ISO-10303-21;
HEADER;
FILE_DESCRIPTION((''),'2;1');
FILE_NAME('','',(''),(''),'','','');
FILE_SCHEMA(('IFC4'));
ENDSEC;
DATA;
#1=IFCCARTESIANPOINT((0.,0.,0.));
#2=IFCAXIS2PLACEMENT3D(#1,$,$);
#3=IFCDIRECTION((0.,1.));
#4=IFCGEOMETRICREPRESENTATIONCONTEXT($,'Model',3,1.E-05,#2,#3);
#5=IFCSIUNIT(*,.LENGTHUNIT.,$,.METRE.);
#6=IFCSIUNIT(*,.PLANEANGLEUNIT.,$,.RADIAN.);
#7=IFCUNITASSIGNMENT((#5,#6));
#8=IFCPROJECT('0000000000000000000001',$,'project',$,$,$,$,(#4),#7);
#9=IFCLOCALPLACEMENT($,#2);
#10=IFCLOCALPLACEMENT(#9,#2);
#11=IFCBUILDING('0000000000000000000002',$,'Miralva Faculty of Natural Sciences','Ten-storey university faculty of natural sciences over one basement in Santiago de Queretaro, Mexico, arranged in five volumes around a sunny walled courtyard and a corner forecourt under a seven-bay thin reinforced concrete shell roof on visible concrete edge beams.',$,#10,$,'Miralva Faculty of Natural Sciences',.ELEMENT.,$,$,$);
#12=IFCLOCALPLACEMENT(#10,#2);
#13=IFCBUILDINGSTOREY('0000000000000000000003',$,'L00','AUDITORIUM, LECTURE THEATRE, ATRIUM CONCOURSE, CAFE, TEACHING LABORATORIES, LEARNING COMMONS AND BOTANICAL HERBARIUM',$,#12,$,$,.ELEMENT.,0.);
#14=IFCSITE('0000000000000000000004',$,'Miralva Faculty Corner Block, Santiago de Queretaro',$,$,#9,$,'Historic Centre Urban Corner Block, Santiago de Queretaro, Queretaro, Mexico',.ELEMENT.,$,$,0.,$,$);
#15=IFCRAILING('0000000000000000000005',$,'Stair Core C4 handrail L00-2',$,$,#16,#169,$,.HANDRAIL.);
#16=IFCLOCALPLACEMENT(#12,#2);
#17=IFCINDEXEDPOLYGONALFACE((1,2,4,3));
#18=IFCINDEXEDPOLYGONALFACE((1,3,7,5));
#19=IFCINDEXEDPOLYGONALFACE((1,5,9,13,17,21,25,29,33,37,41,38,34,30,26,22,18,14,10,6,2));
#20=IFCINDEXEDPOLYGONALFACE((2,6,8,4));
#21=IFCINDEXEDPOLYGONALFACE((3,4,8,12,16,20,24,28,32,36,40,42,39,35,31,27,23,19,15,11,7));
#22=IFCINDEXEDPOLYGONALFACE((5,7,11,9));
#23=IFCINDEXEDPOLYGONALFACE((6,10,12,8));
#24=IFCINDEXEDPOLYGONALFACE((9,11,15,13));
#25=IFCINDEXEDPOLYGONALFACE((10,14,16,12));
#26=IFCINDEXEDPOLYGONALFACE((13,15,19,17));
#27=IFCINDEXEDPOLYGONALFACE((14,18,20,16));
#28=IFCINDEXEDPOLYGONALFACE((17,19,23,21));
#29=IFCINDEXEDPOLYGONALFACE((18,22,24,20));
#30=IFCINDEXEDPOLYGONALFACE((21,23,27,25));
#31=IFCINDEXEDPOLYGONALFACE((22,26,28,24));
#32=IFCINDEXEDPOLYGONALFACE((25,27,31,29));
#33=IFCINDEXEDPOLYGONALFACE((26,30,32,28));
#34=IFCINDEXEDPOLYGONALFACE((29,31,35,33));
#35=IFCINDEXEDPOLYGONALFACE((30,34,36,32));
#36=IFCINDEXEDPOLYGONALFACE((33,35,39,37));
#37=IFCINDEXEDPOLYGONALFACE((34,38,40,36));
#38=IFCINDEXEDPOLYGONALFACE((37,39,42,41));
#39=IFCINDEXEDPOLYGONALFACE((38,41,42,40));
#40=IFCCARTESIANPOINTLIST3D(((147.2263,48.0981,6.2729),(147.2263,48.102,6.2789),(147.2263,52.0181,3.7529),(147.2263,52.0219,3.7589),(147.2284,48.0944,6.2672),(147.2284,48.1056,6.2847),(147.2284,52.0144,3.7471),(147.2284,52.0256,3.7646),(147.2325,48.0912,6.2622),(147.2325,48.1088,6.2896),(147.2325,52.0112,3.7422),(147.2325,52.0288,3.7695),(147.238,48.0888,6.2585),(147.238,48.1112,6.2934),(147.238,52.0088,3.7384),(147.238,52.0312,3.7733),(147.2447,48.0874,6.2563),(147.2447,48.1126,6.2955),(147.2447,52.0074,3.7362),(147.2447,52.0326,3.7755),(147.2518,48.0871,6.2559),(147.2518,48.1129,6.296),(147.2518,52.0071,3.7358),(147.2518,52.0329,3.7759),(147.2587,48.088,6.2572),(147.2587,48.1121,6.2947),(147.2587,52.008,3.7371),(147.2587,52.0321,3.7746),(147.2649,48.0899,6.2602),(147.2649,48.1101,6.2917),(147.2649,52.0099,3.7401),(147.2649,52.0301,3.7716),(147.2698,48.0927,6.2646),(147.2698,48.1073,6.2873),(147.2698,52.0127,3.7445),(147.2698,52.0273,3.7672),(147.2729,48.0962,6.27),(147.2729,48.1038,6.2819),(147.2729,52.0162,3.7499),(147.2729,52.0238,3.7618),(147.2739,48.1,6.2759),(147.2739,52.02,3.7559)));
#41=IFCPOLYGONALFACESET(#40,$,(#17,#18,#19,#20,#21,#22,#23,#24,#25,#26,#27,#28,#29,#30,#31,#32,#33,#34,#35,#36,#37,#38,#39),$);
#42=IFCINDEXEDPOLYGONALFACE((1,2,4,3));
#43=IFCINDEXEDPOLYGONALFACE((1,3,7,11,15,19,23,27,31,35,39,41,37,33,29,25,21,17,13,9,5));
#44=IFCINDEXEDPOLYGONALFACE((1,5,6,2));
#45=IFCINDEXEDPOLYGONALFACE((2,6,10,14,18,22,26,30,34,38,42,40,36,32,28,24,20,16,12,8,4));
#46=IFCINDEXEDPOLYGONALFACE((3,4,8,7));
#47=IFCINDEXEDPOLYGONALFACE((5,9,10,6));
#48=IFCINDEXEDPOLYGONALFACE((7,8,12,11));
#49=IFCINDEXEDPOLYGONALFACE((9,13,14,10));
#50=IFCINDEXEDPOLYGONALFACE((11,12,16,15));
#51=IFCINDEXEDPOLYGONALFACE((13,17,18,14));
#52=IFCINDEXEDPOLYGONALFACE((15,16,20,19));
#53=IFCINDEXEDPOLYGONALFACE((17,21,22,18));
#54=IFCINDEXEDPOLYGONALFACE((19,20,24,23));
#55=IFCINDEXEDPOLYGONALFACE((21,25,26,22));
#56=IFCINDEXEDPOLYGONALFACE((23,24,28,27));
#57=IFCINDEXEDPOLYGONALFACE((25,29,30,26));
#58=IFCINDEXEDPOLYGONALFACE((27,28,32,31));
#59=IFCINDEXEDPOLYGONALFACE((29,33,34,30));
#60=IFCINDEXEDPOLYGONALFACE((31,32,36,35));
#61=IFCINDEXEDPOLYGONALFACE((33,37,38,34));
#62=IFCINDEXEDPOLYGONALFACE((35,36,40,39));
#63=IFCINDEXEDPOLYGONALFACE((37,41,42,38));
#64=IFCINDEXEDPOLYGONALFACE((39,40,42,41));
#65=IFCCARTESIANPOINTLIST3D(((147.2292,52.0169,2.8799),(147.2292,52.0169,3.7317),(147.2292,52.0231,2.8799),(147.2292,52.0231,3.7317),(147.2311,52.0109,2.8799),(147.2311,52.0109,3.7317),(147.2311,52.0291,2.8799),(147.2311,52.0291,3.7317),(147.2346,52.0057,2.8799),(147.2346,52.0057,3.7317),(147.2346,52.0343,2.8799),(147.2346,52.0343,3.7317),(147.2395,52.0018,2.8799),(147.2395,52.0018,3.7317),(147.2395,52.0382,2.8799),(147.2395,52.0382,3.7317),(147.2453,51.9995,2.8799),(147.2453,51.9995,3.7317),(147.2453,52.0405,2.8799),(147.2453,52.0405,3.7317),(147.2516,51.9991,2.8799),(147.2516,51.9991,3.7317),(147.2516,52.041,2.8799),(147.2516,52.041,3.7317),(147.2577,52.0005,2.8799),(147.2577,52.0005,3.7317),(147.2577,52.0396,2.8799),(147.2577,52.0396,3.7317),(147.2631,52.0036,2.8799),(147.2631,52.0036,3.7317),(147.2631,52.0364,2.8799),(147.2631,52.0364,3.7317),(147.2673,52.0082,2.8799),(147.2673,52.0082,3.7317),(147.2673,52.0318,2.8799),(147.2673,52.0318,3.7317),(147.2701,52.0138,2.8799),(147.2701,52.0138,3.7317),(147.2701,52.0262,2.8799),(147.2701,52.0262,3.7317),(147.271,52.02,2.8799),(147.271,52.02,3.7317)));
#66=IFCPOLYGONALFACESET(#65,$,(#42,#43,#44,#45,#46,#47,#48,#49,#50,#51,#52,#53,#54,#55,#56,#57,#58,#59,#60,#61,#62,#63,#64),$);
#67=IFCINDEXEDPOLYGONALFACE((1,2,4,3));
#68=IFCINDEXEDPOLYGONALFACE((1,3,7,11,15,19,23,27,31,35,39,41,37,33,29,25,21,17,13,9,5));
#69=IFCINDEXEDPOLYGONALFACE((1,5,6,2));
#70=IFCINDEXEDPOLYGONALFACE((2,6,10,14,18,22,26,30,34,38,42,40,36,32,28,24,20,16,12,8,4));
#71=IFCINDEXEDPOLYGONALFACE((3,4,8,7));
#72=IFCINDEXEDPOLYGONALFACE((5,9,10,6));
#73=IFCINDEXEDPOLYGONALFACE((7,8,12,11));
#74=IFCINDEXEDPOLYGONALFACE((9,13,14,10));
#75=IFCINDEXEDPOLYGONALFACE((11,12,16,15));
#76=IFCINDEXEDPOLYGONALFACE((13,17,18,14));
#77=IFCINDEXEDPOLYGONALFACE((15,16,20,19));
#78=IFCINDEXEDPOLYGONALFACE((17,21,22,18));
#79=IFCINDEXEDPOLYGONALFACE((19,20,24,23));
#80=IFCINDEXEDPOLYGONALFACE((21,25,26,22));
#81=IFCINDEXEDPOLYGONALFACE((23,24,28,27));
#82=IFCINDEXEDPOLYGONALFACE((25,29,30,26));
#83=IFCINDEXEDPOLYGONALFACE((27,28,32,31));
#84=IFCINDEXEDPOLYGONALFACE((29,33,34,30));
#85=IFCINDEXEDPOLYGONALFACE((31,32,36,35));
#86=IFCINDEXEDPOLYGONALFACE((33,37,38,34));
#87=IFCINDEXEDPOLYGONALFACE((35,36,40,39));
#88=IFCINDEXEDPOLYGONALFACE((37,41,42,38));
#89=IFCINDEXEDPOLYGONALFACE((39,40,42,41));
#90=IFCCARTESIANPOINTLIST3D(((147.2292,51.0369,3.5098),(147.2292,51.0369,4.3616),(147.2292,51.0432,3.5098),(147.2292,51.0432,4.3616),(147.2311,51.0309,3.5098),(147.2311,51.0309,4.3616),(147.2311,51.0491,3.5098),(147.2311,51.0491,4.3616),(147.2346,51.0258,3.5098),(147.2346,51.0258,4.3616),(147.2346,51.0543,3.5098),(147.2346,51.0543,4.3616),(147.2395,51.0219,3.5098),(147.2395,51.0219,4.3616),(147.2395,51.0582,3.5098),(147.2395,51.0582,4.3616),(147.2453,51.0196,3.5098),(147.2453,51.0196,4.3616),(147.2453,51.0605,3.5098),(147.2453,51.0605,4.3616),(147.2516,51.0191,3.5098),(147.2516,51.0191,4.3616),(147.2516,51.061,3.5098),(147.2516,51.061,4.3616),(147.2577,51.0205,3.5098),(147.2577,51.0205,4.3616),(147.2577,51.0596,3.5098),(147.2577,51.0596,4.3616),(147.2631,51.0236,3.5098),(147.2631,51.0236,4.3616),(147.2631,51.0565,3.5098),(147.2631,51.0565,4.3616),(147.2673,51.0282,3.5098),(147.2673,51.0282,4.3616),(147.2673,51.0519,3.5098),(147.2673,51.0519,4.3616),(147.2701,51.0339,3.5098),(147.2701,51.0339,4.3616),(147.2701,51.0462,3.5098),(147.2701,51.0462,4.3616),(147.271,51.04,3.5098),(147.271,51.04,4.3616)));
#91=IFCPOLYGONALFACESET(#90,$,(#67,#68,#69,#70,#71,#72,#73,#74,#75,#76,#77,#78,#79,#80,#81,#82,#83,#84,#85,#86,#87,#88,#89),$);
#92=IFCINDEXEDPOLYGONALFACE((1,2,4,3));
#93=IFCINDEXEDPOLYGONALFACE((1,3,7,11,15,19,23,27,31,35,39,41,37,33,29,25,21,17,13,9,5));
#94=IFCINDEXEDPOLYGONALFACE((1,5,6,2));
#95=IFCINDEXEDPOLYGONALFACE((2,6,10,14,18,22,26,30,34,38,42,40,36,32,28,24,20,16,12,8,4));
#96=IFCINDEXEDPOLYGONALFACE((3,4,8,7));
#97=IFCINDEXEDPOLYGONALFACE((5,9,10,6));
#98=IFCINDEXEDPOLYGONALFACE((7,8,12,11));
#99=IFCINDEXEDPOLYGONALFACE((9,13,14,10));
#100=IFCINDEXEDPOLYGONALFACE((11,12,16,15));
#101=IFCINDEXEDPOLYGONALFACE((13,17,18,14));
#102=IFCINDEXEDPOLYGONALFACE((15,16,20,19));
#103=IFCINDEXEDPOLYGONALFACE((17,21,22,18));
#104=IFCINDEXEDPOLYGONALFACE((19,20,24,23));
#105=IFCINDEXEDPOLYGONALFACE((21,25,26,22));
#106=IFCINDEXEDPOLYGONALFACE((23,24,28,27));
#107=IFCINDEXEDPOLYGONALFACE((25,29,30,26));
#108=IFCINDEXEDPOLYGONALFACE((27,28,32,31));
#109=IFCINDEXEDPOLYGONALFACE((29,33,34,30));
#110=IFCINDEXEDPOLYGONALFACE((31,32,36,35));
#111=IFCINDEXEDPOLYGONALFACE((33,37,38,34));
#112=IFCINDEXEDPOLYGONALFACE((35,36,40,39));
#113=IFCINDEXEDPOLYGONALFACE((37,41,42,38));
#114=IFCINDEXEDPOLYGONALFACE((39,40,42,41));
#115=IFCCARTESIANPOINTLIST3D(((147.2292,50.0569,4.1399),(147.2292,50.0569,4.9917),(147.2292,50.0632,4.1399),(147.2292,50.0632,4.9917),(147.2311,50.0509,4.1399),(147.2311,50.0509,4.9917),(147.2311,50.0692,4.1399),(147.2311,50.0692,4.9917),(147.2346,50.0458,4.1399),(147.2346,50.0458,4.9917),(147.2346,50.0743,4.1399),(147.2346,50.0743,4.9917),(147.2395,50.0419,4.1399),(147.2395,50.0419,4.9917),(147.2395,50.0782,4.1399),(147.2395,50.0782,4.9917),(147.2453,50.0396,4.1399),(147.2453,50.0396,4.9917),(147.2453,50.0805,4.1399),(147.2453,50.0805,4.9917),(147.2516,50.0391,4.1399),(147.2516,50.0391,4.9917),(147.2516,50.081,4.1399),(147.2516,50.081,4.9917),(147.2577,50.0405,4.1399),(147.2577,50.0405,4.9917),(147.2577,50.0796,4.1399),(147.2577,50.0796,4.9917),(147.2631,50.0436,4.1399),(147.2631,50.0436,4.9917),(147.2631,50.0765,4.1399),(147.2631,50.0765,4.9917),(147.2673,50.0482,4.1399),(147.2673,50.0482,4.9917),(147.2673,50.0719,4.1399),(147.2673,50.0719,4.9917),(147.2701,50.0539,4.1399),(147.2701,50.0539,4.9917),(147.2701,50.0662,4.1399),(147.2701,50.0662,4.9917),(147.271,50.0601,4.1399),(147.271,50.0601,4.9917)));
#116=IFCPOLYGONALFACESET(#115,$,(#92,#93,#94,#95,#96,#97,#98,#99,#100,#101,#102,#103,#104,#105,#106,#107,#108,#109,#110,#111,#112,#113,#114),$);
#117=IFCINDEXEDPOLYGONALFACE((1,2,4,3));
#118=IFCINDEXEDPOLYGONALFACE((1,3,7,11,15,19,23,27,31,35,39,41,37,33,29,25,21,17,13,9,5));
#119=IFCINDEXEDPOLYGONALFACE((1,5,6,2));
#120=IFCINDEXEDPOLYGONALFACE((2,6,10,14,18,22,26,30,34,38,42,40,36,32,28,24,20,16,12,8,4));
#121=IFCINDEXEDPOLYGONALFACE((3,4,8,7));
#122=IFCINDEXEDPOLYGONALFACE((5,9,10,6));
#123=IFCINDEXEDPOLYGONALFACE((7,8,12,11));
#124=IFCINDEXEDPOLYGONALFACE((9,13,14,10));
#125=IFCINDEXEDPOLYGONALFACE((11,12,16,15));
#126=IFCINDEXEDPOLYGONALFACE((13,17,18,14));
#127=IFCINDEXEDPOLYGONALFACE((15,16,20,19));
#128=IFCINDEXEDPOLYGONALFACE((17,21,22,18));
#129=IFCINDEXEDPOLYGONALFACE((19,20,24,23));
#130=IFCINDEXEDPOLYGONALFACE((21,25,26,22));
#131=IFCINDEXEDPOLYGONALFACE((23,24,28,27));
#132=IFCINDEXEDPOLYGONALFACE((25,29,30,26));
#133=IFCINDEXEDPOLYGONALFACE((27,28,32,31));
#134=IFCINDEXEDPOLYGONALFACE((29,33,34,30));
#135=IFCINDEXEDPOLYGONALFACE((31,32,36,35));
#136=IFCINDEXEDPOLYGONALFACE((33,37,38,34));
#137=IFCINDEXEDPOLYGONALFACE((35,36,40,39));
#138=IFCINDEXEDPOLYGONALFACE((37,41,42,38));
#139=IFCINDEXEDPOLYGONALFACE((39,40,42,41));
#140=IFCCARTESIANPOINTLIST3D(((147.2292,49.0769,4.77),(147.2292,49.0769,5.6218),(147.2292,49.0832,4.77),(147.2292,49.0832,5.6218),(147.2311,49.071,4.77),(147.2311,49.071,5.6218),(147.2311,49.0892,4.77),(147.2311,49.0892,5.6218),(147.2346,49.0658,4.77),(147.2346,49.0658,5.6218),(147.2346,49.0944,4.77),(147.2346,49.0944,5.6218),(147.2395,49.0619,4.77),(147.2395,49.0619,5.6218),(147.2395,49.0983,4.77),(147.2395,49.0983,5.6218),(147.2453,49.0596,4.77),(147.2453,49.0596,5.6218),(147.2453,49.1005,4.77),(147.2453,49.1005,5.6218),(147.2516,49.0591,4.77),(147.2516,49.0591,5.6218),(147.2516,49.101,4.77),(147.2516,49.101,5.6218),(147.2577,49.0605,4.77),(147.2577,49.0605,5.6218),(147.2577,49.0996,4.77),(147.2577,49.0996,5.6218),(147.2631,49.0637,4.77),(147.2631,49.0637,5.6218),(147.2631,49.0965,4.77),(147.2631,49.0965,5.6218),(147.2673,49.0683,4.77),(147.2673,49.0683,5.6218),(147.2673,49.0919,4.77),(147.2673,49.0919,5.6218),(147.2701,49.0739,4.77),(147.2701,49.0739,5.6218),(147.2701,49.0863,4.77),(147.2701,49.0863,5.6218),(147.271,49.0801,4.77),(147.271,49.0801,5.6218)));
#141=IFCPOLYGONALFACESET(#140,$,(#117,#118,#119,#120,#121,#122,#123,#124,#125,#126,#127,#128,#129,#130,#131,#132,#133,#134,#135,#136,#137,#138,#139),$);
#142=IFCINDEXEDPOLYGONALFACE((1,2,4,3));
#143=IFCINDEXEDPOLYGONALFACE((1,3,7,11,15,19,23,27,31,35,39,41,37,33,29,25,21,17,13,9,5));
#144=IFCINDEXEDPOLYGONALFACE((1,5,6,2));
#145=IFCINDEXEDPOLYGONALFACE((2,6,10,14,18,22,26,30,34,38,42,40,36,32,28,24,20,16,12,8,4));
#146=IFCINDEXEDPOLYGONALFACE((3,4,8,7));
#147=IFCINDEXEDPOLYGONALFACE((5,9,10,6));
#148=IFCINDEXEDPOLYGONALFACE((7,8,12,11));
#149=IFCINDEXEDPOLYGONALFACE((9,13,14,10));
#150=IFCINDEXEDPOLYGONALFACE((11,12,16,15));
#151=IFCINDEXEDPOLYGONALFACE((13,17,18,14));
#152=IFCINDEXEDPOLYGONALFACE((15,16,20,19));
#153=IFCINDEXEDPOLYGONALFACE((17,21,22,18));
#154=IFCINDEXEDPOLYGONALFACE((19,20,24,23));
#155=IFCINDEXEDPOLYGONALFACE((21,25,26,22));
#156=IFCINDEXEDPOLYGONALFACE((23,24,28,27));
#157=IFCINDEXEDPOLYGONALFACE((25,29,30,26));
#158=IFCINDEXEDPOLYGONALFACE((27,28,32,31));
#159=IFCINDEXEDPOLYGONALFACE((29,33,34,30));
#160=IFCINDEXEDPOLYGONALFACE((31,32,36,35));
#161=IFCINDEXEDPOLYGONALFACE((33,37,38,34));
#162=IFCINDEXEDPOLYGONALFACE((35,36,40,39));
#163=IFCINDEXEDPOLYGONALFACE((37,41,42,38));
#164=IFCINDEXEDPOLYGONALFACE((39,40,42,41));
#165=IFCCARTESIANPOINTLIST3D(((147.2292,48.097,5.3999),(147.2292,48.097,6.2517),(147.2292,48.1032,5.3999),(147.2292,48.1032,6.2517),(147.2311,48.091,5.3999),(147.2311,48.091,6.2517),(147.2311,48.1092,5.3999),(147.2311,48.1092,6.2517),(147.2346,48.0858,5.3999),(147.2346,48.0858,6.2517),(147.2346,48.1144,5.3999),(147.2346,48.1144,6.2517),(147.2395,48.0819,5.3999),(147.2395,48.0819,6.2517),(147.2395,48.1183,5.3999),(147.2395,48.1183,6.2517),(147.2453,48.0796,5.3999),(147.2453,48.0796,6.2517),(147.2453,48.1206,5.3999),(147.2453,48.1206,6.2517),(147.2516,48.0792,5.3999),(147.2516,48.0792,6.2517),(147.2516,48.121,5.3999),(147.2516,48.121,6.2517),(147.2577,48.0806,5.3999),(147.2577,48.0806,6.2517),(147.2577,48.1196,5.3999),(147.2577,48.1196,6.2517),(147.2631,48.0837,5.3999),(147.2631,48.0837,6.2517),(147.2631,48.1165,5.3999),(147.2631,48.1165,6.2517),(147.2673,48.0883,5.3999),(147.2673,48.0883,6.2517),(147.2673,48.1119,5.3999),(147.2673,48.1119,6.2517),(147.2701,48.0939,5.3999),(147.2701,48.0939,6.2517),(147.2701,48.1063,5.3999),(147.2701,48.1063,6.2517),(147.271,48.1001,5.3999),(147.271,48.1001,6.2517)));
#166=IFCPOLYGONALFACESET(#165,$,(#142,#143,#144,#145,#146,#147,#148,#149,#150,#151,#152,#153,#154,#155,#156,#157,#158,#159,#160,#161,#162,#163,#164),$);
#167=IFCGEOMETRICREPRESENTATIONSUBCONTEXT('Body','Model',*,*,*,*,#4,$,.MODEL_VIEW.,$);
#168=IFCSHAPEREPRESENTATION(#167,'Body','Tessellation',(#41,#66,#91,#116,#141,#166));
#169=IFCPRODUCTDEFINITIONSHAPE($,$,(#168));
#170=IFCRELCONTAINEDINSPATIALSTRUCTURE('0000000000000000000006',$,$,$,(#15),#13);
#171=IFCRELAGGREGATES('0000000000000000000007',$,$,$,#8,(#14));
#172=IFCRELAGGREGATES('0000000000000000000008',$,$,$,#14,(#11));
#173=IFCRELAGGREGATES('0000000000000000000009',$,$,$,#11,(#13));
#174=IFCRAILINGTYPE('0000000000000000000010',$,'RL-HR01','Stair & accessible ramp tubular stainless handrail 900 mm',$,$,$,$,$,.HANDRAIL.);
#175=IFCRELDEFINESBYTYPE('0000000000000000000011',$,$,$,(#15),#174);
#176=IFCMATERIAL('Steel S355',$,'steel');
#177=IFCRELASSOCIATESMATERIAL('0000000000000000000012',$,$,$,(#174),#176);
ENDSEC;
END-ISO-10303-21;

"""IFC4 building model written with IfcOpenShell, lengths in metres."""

from ifc_helpers import new_model, si_unit, direction, frame, origin, origin_2d, place, context, subcontext, project, spatial, circle, extrude, material, type_object, element, save


model = new_model("IFC4")

# Units and contexts
model_context = context("Model", 3, precision=1e-05, world=origin(), true_north=direction((0.0, 1.0)))
body_context = subcontext(model_context, "Body", "Model", "MODEL_VIEW")
ifc_project = project(units=[si_unit("LENGTHUNIT", "METRE"), si_unit("PLANEANGLEUNIT", "RADIAN")], contexts=[model_context])

# Site, building, storey
site_placement = place(None, origin())
site = spatial("IfcSite", under=ifc_project, at=site_placement, Name="Miralva Faculty Corner Block, Santiago de Queretaro", LongName="Historic Centre Urban Corner Block, Santiago de Queretaro, Queretaro, Mexico", CompositionType="ELEMENT", RefElevation=0.0)
building_placement = place(site_placement, origin())
building = spatial("IfcBuilding", under=site, at=building_placement, Name="Miralva Faculty of Natural Sciences", Description="Ten-storey university faculty of natural sciences over one basement in Santiago de Queretaro, Mexico, arranged in five volumes around a sunny walled courtyard and a corner forecourt under a seven-bay thin reinforced concrete shell roof on visible concrete edge beams.", LongName="Miralva Faculty of Natural Sciences", CompositionType="ELEMENT")
storey_placement = place(building_placement, origin())
storey = spatial("IfcBuildingStorey", under=building, at=storey_placement, Name="L00", Description="AUDITORIUM, LECTURE THEATRE, ATRIUM CONCOURSE, CAFE, TEACHING LABORATORIES, LEARNING COMMONS AND BOTANICAL HERBARIUM", CompositionType="ELEMENT", Elevation=0.0)

# Railing
ifc_material_1 = material(Name="Steel S355", Category="steel")
railing_type_1 = type_object("IfcRailingType", Name="RL-HR01", Description="Stair & accessible ramp tubular stainless handrail 900 mm", PredefinedType="HANDRAIL", material=ifc_material_1)
railing_1_placement = place(storey_placement, frame((147.25, 52.02, 2.8799)))
element("IfcRailing", 1, at=railing_1_placement, inside=storey, type_object=railing_type_1, Name="Stair Core C4 handrail L00-2", PredefinedType="HANDRAIL", context=body_context, shape_type="SweptSolid", body=[
    extrude(circle(Radius=0.0239, at=origin_2d()), frame((0.0, 0.0, 0.876), z_axis=(0.0, -0.841172, 0.540768), x_axis=(1.0, 0.0, 0.0)), (0.0, 0.0, 1.0), 4.6602),
    extrude(circle(Radius=0.021, at=origin_2d()), origin(), (0.0, 0.0, 1.0), 0.8518),
    extrude(circle(Radius=0.021, at=origin_2d()), frame((0.0, -0.98, 0.6299)), (0.0, 0.0, 1.0), 0.8518),
    extrude(circle(Radius=0.021, at=origin_2d()), frame((0.0, -1.96, 1.26)), (0.0, 0.0, 1.0), 0.8518),
    extrude(circle(Radius=0.021, at=origin_2d()), frame((0.0, -2.9399, 1.8901)), (0.0, 0.0, 1.0), 0.8518),
    extrude(circle(Radius=0.021, at=origin_2d()), frame((0.0, -3.9199, 2.52)), (0.0, 0.0, 1.0), 0.8518),
])

save(model, "model.ifc")
